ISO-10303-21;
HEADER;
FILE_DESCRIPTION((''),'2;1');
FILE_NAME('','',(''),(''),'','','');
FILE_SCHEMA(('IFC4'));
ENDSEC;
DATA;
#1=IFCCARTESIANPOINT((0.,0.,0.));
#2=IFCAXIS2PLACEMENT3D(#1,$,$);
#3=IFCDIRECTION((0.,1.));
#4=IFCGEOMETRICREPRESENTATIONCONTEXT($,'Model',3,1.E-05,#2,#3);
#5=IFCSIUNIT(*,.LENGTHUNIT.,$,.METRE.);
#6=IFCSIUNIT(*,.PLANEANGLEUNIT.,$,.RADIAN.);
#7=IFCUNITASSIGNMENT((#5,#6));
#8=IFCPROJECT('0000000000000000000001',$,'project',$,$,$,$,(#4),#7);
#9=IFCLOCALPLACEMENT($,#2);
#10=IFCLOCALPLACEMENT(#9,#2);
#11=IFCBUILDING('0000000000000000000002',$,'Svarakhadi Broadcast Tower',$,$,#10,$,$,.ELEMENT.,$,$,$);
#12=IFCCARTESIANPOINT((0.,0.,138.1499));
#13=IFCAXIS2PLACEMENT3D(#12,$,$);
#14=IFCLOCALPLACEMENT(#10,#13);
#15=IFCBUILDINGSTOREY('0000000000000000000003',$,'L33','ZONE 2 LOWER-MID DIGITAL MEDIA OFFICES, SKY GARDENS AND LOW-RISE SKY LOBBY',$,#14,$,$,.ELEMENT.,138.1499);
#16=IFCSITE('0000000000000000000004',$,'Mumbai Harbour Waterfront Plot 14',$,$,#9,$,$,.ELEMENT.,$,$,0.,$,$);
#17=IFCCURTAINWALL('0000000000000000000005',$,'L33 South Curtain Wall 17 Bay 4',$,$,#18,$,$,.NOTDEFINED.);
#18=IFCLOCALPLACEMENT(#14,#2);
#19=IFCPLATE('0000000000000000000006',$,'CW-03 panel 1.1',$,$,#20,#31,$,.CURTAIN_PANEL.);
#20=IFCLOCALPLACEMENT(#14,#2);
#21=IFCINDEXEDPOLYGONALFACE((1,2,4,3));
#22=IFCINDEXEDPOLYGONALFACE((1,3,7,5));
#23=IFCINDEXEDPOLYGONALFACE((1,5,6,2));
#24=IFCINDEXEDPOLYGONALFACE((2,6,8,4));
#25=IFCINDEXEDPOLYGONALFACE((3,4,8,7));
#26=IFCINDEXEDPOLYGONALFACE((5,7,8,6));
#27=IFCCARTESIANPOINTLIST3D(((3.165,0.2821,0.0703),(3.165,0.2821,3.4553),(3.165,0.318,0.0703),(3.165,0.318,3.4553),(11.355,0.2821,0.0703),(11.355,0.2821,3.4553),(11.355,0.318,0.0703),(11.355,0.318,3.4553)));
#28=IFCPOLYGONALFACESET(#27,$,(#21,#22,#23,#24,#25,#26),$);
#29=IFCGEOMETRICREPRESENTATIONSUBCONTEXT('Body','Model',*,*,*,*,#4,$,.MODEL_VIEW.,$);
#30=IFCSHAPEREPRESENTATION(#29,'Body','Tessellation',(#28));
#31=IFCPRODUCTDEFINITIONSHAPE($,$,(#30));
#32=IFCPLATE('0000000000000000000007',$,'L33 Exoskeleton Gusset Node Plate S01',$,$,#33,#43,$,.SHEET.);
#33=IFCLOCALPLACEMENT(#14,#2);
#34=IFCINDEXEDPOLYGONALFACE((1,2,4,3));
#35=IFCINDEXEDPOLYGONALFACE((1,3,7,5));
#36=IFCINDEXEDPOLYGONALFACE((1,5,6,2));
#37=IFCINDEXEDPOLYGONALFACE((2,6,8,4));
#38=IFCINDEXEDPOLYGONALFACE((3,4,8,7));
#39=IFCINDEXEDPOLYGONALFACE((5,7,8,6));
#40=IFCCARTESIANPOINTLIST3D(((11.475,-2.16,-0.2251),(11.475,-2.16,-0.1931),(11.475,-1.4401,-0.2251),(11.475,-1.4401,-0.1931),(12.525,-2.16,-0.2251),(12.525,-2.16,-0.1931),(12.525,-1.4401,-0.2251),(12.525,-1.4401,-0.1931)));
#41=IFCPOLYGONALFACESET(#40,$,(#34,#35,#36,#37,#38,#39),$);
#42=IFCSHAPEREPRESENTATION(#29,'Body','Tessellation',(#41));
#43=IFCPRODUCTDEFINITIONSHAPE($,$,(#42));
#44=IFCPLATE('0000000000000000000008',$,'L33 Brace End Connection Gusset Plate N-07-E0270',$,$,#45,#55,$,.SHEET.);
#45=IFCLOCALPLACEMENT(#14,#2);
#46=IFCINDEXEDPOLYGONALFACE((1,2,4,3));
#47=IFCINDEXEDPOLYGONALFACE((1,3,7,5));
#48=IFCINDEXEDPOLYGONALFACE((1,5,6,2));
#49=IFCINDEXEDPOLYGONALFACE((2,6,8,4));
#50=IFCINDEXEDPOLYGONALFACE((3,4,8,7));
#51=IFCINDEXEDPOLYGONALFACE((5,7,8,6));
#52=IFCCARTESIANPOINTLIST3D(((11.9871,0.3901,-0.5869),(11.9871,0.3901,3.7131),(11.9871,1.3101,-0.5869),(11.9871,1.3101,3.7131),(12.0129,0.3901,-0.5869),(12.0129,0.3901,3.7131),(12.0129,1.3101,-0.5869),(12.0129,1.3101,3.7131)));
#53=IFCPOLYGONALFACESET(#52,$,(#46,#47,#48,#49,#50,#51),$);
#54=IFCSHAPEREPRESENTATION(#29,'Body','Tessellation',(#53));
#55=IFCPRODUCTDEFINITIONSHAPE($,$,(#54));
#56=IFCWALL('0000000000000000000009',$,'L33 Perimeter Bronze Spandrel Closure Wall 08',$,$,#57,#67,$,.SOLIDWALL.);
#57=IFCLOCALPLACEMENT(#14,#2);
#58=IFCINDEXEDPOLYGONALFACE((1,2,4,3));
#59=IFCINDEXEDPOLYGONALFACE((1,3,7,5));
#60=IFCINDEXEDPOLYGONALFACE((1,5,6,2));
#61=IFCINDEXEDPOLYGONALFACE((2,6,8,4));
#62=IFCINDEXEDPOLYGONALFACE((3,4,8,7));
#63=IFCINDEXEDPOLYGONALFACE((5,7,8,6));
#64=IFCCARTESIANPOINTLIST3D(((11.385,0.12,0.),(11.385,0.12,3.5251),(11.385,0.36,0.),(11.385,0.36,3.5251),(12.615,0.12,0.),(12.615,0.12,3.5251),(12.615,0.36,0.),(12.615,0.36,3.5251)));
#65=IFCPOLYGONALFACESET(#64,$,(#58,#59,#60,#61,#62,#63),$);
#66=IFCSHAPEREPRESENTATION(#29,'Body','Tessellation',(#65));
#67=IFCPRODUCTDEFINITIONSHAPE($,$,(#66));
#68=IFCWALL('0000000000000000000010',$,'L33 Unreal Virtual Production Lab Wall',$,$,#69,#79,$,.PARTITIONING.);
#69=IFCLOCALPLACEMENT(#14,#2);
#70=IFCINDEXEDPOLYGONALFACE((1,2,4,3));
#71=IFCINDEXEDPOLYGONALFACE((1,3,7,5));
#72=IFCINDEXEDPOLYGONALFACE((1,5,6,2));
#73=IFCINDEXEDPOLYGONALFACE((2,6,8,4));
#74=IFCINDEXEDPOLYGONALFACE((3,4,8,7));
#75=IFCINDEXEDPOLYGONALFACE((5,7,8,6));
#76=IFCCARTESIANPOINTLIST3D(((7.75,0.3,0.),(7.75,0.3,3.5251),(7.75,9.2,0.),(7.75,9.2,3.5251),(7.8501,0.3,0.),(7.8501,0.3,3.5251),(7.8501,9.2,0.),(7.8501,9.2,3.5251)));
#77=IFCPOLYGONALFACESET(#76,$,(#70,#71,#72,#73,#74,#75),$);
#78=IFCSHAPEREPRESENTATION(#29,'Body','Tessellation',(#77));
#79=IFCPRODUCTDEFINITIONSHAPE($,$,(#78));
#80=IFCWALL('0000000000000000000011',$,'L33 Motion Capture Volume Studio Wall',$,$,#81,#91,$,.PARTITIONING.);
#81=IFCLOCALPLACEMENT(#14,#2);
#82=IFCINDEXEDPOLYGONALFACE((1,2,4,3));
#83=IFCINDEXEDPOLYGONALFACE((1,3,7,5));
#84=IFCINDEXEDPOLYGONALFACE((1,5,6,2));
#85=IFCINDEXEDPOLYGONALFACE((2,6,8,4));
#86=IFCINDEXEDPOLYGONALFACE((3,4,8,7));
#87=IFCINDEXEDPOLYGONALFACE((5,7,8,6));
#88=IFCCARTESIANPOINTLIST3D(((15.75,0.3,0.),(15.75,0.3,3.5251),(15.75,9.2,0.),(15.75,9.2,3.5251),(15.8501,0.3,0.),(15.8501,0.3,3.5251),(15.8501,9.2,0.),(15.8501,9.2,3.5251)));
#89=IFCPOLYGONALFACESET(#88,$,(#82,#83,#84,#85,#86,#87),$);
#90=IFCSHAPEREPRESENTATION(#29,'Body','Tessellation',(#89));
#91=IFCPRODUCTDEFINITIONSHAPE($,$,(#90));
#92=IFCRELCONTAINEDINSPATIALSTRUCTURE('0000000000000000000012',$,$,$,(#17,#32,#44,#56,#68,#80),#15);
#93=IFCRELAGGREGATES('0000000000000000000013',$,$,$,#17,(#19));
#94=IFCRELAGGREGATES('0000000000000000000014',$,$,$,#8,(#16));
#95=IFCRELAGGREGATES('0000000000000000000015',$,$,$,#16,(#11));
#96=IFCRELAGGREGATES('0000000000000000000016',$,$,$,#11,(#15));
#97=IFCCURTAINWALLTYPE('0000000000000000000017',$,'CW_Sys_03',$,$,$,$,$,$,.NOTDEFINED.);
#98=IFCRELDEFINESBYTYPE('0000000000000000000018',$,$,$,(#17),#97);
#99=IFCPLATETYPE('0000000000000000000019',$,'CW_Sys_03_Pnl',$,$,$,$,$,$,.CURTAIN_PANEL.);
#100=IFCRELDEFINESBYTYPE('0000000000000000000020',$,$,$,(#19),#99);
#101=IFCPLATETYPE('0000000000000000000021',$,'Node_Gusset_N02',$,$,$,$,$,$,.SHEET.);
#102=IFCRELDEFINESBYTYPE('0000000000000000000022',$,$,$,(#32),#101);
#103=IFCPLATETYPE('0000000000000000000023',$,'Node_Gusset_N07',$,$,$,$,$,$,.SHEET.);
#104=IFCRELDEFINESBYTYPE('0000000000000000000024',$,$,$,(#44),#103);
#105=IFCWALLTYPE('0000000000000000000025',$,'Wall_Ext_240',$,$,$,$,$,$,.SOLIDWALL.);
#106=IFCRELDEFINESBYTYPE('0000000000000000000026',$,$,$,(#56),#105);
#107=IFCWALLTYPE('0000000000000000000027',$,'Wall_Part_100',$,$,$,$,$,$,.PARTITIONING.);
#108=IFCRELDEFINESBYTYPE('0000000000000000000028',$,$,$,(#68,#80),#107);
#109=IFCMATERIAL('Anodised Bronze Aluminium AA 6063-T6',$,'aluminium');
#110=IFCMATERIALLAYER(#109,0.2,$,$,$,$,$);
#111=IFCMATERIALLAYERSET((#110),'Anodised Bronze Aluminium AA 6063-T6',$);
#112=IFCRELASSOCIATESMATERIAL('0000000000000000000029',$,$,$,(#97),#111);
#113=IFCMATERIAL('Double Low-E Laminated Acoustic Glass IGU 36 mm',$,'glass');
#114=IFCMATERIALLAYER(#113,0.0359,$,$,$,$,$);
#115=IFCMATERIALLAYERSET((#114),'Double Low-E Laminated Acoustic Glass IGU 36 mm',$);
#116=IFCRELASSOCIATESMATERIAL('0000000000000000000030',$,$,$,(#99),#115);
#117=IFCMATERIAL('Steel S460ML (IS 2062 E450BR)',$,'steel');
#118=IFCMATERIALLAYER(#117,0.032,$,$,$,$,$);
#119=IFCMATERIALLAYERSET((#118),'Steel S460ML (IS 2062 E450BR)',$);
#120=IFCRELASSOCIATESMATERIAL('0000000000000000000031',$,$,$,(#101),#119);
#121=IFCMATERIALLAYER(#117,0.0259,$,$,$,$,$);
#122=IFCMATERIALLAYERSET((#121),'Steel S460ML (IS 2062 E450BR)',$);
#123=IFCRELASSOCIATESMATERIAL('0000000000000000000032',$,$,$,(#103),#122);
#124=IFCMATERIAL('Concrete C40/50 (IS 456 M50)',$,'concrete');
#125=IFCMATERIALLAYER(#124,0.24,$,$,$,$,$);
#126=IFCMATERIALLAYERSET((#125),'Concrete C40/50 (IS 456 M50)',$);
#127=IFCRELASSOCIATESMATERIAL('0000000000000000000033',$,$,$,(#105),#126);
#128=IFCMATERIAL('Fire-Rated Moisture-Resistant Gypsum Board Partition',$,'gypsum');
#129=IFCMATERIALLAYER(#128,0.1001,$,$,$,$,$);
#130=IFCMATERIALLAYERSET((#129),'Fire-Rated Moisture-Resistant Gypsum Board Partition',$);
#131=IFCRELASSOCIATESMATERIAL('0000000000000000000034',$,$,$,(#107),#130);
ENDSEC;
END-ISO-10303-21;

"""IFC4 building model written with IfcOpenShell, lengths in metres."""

from ifc_helpers import new_model, si_unit, direction, frame, frame_2d, origin, origin_2d, place, context, subcontext, project, spatial, rectangle, extrude, material, layer, layer_set, type_object, element, aggregate, save


model = new_model("IFC4")

# Units and contexts
model_context = context("Model", 3, precision=1e-05, world=origin(), true_north=direction((0.0, 1.0)))
body_context = subcontext(model_context, "Body", "Model", "MODEL_VIEW")
ifc_project = project(units=[si_unit("LENGTHUNIT", "METRE"), si_unit("PLANEANGLEUNIT", "RADIAN")], contexts=[model_context])

# Site, building, storey
site_placement = place(None, origin())
site = spatial("IfcSite", under=ifc_project, at=site_placement, Name="Mumbai Harbour Waterfront Plot 14", CompositionType="ELEMENT", RefElevation=0.0)
building_placement = place(site_placement, origin())
building = spatial("IfcBuilding", under=site, at=building_placement, Name="Svarakhadi Broadcast Tower", CompositionType="ELEMENT")
storey_placement = place(building_placement, frame((0.0, 0.0, 138.1499)))
storey = spatial("IfcBuildingStorey", under=building, at=storey_placement, Name="L33", Description="ZONE 2 LOWER-MID DIGITAL MEDIA OFFICES, SKY GARDENS AND LOW-RISE SKY LOBBY", CompositionType="ELEMENT", Elevation=138.1499)

# Shared definitions
ifc_material_1 = material(Name="Steel S460ML (IS 2062 E450BR)", Category="steel")

# Shared definitions
ifc_material_2 = material(Name="Anodised Bronze Aluminium AA 6063-T6", Category="aluminium")
ifc_layer_1 = layer(ifc_material_2, 0.2)
ifc_layer_set_1 = layer_set([ifc_layer_1], Name="Anodised Bronze Aluminium AA 6063-T6")
curtain_wall_type = type_object("IfcCurtainWallType", Name="CW_Sys_03", PredefinedType="NOTDEFINED", material=ifc_layer_set_1)

# Curtain wall
curtain_wall_1_placement = place(storey_placement, origin())
curtain_wall_1 = element("IfcCurtainWall", 1, at=curtain_wall_1_placement, inside=storey, type_object=curtain_wall_type, Name="L33 South Curtain Wall 17 Bay 4", PredefinedType="NOTDEFINED")

# Plate
ifc_material_3 = material(Name="Double Low-E Laminated Acoustic Glass IGU 36 mm", Category="glass")
ifc_layer_2 = layer(ifc_material_3, 0.0359)
ifc_layer_set_2 = layer_set([ifc_layer_2], Name="Double Low-E Laminated Acoustic Glass IGU 36 mm")
plate_type_1 = type_object("IfcPlateType", Name="CW_Sys_03_Pnl", PredefinedType="CURTAIN_PANEL", material=ifc_layer_set_2)
plate_1_placement = place(storey_placement, frame((7.26, 0.3, 0.0703), z_axis=(0.0, 0.0, 1.0), x_axis=(-1.0, 0.0, 0.0)))
plate_1 = element("IfcPlate", 2, at=plate_1_placement, type_object=plate_type_1, Name="CW-03 panel 1.1", PredefinedType="CURTAIN_PANEL", context=body_context, shape_type="SweptSolid", body=[
    extrude(rectangle(XDim=8.1899, YDim=0.0359, at=origin_2d()), origin(), (0.0, 0.0, 1.0), 3.385),
])
aggregate(curtain_wall_1, [plate_1])

# Plates
ifc_layer_3 = layer(ifc_material_1, 0.032)
ifc_layer_set_3 = layer_set([ifc_layer_3], Name="Steel S460ML (IS 2062 E450BR)")
plate_type_2 = type_object("IfcPlateType", Name="Node_Gusset_N02", PredefinedType="SHEET", material=ifc_layer_set_3)
plate_2_placement = place(storey_placement, frame((12.0, -1.8, -0.2251), z_axis=(0.0, 0.0, 1.0), x_axis=(1.0, 0.0, 0.0)))
element("IfcPlate", 3, at=plate_2_placement, inside=storey, type_object=plate_type_2, Name="L33 Exoskeleton Gusset Node Plate S01", PredefinedType="SHEET", context=body_context, shape_type="SweptSolid", body=[
    extrude(rectangle(XDim=1.05, YDim=0.72, at=origin_2d()), origin(), (0.0, 0.0, 1.0), 0.032),
])
ifc_layer_4 = layer(ifc_material_1, 0.0259)
ifc_layer_set_4 = layer_set([ifc_layer_4], Name="Steel S460ML (IS 2062 E450BR)")
plate_type_3 = type_object("IfcPlateType", Name="Node_Gusset_N07", PredefinedType="SHEET", material=ifc_layer_set_4)
plate_3_placement = place(storey_placement, frame((12.0, 0.8501, -0.5869), z_axis=(0.0, 0.0, 1.0), x_axis=(0.0, 1.0, 0.0)))
element("IfcPlate", 4, at=plate_3_placement, inside=storey, type_object=plate_type_3, Name="L33 Brace End Connection Gusset Plate N-07-E0270", PredefinedType="SHEET", context=body_context, shape_type="SweptSolid", body=[
    extrude(rectangle(XDim=0.9199, YDim=0.0259, at=origin_2d()), origin(), (0.0, 0.0, 1.0), 4.3),
])

# Walls
ifc_material_4 = material(Name="Concrete C40/50 (IS 456 M50)", Category="concrete")
ifc_layer_5 = layer(ifc_material_4, 0.24)
ifc_layer_set_5 = layer_set([ifc_layer_5], Name="Concrete C40/50 (IS 456 M50)")
wall_type_1 = type_object("IfcWallType", Name="Wall_Ext_240", PredefinedType="SOLIDWALL", material=ifc_layer_set_5)
wall_placement = place(storey_placement, frame((12.615, 0.24, 0.0), z_axis=(0.0, 0.0, 1.0), x_axis=(-1.0, 0.0, 0.0)))
element("IfcWall", 5, at=wall_placement, inside=storey, type_object=wall_type_1, Name="L33 Perimeter Bronze Spandrel Closure Wall 08", PredefinedType="SOLIDWALL", context=body_context, shape_type="SweptSolid", body=[
    extrude(rectangle(XDim=1.23, YDim=0.24, at=frame_2d((0.615, 0.0))), origin(), (0.0, 0.0, 1.0), 3.5251),
])
ifc_material_5 = material(Name="Fire-Rated Moisture-Resistant Gypsum Board Partition", Category="gypsum")
ifc_layer_6 = layer(ifc_material_5, 0.1001)
ifc_layer_set_6 = layer_set([ifc_layer_6], Name="Fire-Rated Moisture-Resistant Gypsum Board Partition")
wall_type_2 = type_object("IfcWallType", Name="Wall_Part_100", PredefinedType="PARTITIONING", material=ifc_layer_set_6)
for number, where, z_axis, x_axis, name in (
    (6, (7.8, 0.3, 0.0), (0.0, 0.0, 1.0), (0.0, 1.0, 0.0), "L33 Unreal Virtual Production Lab Wall"),
    (7, (15.8, 0.3, 0.0), (0.0, 0.0, 1.0), (0.0, 1.0, 0.0), "L33 Motion Capture Volume Studio Wall"),
):
    element("IfcWall", number, at=place(storey_placement, frame(where, z_axis=z_axis, x_axis=x_axis)), inside=storey, type_object=wall_type_2, Name=name, PredefinedType="PARTITIONING", context=body_context, shape_type="SweptSolid", body=[
        extrude(rectangle(XDim=8.8999, YDim=0.1001, at=frame_2d((4.45, 0.0))), origin(), (0.0, 0.0, 1.0), 3.5251),
    ])

save(model, "model.ifc")
